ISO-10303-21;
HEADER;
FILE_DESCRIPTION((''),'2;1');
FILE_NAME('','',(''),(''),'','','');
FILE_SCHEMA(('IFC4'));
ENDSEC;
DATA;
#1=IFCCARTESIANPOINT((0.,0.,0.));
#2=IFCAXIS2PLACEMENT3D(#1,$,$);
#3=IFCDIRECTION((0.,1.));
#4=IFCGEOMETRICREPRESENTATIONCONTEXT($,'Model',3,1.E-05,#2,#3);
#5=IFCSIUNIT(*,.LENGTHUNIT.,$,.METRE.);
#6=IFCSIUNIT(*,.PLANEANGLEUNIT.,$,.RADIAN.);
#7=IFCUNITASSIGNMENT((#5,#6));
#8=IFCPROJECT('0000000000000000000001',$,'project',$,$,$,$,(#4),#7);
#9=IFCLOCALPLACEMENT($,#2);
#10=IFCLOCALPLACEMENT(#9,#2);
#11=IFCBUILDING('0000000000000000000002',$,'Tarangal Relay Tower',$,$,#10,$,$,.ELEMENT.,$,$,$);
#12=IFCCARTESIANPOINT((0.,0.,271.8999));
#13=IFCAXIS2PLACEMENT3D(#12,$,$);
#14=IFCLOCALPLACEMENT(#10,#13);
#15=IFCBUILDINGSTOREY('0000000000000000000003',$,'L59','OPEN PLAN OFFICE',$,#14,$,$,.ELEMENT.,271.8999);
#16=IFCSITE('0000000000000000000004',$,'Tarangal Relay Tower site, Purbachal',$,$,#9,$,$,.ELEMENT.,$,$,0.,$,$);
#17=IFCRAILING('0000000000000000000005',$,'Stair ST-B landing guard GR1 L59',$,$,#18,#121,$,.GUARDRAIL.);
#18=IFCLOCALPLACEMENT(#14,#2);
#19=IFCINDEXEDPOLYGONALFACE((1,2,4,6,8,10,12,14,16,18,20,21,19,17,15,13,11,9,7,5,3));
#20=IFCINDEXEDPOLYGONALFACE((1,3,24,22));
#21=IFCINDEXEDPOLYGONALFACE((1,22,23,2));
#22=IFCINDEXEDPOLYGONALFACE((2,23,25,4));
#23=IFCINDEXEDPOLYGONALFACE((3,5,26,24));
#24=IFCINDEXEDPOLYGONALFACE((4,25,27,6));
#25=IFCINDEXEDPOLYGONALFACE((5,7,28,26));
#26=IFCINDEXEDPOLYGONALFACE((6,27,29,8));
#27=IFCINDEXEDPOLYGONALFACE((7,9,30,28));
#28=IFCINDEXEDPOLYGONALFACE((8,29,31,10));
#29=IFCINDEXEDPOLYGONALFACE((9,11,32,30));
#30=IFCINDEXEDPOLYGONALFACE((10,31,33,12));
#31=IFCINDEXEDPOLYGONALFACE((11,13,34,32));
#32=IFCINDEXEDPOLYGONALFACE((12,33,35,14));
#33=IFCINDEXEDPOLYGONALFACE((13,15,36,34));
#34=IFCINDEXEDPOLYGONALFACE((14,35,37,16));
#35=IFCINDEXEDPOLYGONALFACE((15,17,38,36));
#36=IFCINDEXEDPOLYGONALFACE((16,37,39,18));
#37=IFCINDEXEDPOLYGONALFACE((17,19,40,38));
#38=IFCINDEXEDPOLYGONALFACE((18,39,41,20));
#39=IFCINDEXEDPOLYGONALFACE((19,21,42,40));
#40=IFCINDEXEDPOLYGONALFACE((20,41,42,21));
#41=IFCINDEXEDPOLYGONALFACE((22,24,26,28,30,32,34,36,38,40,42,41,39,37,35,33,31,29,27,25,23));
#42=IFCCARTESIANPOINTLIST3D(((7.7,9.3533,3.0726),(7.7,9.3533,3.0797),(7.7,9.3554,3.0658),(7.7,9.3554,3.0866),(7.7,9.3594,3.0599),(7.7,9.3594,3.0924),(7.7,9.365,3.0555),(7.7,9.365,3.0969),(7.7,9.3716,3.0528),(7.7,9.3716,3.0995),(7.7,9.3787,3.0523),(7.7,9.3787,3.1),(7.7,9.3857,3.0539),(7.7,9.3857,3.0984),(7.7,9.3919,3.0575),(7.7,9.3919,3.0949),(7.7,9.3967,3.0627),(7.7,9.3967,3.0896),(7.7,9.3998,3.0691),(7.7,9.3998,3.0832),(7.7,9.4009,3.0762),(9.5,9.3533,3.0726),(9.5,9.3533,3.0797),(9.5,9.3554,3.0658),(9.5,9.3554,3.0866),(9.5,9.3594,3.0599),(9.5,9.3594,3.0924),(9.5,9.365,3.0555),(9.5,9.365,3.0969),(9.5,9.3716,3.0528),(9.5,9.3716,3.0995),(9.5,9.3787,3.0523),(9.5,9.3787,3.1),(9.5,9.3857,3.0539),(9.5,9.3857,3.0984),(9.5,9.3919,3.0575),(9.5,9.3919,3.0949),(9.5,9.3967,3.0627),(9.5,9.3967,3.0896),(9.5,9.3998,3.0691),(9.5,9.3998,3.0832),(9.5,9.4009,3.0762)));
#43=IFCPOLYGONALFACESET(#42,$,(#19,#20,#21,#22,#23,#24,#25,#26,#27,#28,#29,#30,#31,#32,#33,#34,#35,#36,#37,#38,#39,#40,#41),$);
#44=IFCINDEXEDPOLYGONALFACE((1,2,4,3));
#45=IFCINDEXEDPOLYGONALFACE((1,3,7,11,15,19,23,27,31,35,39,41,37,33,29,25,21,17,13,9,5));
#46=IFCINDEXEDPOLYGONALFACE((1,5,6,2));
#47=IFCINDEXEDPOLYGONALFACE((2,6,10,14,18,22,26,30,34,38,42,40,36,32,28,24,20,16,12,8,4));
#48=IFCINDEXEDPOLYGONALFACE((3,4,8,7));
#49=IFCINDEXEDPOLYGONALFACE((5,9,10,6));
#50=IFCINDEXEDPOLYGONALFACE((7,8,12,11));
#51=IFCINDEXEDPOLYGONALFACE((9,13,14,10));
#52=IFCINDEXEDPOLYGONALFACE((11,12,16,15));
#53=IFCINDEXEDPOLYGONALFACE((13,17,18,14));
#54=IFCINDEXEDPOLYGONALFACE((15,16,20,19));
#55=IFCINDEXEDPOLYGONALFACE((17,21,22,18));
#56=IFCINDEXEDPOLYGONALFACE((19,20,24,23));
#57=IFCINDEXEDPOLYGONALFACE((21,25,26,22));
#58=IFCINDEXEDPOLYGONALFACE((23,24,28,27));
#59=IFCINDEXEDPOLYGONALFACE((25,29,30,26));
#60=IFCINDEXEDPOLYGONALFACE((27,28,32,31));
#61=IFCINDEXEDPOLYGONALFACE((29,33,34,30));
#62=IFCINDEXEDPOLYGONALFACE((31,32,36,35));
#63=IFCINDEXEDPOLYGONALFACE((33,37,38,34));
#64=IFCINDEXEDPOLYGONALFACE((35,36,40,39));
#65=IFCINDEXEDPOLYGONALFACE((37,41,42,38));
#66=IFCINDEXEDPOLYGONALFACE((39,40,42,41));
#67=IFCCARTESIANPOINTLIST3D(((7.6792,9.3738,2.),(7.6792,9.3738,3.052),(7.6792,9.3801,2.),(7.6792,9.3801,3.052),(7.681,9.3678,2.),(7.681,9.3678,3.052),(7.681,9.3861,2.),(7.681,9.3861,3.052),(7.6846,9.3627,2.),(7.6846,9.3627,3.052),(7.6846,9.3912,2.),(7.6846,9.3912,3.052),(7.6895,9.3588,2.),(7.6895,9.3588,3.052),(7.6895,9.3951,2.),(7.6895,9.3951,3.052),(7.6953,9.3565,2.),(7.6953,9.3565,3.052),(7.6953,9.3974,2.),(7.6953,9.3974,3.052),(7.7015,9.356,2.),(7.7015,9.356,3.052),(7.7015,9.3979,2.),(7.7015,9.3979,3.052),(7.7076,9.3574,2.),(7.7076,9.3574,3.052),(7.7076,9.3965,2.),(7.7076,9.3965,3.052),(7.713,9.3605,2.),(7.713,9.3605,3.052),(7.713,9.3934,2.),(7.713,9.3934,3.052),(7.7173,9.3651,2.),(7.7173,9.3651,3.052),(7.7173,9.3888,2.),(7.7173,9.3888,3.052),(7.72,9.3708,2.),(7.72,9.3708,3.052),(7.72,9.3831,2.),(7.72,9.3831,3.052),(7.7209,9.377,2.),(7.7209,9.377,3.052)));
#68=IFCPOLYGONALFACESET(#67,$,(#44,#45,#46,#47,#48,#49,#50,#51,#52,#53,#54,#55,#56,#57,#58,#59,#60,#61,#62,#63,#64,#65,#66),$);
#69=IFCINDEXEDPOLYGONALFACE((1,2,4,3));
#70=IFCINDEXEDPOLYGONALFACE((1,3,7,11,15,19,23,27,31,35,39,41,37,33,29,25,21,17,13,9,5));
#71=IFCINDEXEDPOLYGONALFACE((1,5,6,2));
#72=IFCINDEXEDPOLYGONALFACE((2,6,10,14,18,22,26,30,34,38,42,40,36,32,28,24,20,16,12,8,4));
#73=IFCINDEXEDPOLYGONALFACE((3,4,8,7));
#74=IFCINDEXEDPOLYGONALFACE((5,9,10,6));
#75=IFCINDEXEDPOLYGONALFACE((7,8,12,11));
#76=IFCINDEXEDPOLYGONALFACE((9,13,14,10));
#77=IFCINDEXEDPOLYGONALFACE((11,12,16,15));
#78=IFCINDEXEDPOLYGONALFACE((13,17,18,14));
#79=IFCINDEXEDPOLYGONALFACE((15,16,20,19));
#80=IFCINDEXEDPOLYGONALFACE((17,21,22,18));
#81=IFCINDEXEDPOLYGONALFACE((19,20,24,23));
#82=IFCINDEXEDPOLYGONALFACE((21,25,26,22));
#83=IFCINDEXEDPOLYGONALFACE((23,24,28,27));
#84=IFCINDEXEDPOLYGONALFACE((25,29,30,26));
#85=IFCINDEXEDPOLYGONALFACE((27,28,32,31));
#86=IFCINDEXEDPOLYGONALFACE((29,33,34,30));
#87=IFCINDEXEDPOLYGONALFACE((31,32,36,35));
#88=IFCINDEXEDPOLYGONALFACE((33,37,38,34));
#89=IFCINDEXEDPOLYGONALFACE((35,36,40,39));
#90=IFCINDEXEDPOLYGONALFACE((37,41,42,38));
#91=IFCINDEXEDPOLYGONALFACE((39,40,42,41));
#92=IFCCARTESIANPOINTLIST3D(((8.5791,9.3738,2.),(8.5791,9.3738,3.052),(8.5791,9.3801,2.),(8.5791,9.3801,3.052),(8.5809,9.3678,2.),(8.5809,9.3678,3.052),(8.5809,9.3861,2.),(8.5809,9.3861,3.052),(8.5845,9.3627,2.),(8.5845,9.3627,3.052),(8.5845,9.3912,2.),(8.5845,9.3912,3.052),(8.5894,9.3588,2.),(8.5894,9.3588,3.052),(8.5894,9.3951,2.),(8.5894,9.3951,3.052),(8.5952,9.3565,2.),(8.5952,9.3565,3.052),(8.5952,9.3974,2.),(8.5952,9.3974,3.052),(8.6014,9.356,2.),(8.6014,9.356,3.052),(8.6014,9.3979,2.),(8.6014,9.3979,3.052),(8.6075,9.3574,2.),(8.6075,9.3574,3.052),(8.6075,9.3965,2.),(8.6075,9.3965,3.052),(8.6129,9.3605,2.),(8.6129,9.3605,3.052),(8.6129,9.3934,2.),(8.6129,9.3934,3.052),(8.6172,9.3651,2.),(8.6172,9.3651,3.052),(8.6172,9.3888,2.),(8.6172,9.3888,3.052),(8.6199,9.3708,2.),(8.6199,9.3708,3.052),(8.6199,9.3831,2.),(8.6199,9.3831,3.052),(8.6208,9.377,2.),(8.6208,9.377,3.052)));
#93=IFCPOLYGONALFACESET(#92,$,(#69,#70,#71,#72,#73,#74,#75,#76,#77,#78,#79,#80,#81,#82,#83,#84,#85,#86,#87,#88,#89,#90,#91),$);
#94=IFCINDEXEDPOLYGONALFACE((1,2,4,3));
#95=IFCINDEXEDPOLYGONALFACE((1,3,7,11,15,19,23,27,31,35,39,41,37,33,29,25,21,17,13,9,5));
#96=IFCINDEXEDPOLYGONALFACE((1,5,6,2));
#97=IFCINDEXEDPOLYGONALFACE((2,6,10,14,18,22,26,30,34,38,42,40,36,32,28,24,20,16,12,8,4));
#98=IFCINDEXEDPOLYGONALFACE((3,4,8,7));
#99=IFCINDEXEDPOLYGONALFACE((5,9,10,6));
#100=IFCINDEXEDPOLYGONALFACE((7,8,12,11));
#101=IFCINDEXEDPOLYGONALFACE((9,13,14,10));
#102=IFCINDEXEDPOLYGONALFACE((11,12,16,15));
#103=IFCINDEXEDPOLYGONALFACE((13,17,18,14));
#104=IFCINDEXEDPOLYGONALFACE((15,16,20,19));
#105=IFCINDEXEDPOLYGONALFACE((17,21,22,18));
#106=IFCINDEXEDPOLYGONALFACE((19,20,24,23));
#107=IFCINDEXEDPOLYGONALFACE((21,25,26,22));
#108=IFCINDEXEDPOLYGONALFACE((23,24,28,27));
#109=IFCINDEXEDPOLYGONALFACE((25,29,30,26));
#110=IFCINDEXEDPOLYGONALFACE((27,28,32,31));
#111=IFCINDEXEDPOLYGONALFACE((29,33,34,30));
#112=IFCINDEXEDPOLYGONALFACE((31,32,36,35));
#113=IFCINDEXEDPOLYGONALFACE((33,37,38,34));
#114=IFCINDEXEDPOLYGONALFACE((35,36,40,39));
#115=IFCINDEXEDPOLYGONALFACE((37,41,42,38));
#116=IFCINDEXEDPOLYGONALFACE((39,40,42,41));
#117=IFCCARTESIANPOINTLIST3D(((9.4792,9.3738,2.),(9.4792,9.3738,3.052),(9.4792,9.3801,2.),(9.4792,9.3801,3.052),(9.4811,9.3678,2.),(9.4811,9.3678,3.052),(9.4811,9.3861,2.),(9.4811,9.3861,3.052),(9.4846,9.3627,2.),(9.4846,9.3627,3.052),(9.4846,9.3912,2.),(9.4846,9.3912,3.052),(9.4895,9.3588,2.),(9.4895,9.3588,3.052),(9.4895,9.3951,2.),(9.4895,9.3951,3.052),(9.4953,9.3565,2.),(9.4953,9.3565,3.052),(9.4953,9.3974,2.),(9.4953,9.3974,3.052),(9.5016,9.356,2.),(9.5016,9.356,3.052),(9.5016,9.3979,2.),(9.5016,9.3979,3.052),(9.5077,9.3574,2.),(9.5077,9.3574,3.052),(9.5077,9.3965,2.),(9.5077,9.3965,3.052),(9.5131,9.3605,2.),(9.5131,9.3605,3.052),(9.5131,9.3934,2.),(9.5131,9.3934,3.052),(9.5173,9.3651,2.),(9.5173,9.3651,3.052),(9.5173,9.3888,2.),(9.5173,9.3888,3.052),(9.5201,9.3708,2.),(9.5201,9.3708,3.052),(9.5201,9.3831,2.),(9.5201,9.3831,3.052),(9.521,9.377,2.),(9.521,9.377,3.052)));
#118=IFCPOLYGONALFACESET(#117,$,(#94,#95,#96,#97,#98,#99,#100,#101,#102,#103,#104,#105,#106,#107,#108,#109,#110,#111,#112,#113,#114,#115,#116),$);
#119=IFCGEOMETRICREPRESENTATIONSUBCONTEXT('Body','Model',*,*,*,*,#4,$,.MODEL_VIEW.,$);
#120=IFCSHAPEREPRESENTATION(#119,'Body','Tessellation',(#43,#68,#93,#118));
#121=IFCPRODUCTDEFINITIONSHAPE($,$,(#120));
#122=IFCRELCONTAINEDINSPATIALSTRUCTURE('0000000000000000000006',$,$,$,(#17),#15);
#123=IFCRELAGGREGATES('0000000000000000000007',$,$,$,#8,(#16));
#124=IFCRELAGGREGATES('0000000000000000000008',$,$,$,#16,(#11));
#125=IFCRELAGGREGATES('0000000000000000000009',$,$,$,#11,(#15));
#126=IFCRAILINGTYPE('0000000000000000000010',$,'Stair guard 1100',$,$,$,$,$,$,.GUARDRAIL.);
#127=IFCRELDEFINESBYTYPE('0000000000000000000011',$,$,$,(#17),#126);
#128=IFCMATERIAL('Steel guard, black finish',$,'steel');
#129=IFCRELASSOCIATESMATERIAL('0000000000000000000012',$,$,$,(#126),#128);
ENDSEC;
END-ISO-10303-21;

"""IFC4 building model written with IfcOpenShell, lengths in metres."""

from ifc_helpers import new_model, si_unit, direction, frame, origin, origin_2d, place, context, subcontext, project, spatial, circle, extrude, material, type_object, element, save


model = new_model("IFC4")

# Units and contexts
model_context = context("Model", 3, precision=1e-05, world=origin(), true_north=direction((0.0, 1.0)))
body_context = subcontext(model_context, "Body", "Model", "MODEL_VIEW")
ifc_project = project(units=[si_unit("LENGTHUNIT", "METRE"), si_unit("PLANEANGLEUNIT", "RADIAN")], contexts=[model_context])

# Site, building, storey
site_placement = place(None, origin())
site = spatial("IfcSite", under=ifc_project, at=site_placement, Name="Tarangal Relay Tower site, Purbachal", CompositionType="ELEMENT", RefElevation=0.0)
building_placement = place(site_placement, origin())
building = spatial("IfcBuilding", under=site, at=building_placement, Name="Tarangal Relay Tower", CompositionType="ELEMENT")
storey_placement = place(building_placement, frame((0.0, 0.0, 271.8999)))
storey = spatial("IfcBuildingStorey", under=building, at=storey_placement, Name="L59", Description="OPEN PLAN OFFICE", CompositionType="ELEMENT", Elevation=271.8999)

# Railing
ifc_material_1 = material(Name="Steel guard, black finish", Category="steel")
railing_type_1 = type_object("IfcRailingType", Name="Stair guard 1100", PredefinedType="GUARDRAIL", material=ifc_material_1)
railing_1_placement = place(storey_placement, frame((7.7, 9.377, 2.0)))
element("IfcRailing", 1, at=railing_1_placement, inside=storey, type_object=railing_type_1, Name="Stair ST-B landing guard GR1 L59", PredefinedType="GUARDRAIL", context=body_context, shape_type="SweptSolid", body=[
    extrude(circle(Radius=0.0239, at=origin_2d()), frame((0.0, 0.0, 1.0762), z_axis=(1.0, 0.0, 0.0), x_axis=(0.0, 1.0, 0.0)), (0.0, 0.0, 1.0), 1.8),
    extrude(circle(Radius=0.021, at=origin_2d()), origin(), (0.0, 0.0, 1.0), 1.052),
    extrude(circle(Radius=0.021, at=origin_2d()), frame((0.8999, 0.0, 0.0)), (0.0, 0.0, 1.0), 1.052),
    extrude(circle(Radius=0.021, at=origin_2d()), frame((1.8, 0.0, 0.0)), (0.0, 0.0, 1.0), 1.052),
])

save(model, "model.ifc")
